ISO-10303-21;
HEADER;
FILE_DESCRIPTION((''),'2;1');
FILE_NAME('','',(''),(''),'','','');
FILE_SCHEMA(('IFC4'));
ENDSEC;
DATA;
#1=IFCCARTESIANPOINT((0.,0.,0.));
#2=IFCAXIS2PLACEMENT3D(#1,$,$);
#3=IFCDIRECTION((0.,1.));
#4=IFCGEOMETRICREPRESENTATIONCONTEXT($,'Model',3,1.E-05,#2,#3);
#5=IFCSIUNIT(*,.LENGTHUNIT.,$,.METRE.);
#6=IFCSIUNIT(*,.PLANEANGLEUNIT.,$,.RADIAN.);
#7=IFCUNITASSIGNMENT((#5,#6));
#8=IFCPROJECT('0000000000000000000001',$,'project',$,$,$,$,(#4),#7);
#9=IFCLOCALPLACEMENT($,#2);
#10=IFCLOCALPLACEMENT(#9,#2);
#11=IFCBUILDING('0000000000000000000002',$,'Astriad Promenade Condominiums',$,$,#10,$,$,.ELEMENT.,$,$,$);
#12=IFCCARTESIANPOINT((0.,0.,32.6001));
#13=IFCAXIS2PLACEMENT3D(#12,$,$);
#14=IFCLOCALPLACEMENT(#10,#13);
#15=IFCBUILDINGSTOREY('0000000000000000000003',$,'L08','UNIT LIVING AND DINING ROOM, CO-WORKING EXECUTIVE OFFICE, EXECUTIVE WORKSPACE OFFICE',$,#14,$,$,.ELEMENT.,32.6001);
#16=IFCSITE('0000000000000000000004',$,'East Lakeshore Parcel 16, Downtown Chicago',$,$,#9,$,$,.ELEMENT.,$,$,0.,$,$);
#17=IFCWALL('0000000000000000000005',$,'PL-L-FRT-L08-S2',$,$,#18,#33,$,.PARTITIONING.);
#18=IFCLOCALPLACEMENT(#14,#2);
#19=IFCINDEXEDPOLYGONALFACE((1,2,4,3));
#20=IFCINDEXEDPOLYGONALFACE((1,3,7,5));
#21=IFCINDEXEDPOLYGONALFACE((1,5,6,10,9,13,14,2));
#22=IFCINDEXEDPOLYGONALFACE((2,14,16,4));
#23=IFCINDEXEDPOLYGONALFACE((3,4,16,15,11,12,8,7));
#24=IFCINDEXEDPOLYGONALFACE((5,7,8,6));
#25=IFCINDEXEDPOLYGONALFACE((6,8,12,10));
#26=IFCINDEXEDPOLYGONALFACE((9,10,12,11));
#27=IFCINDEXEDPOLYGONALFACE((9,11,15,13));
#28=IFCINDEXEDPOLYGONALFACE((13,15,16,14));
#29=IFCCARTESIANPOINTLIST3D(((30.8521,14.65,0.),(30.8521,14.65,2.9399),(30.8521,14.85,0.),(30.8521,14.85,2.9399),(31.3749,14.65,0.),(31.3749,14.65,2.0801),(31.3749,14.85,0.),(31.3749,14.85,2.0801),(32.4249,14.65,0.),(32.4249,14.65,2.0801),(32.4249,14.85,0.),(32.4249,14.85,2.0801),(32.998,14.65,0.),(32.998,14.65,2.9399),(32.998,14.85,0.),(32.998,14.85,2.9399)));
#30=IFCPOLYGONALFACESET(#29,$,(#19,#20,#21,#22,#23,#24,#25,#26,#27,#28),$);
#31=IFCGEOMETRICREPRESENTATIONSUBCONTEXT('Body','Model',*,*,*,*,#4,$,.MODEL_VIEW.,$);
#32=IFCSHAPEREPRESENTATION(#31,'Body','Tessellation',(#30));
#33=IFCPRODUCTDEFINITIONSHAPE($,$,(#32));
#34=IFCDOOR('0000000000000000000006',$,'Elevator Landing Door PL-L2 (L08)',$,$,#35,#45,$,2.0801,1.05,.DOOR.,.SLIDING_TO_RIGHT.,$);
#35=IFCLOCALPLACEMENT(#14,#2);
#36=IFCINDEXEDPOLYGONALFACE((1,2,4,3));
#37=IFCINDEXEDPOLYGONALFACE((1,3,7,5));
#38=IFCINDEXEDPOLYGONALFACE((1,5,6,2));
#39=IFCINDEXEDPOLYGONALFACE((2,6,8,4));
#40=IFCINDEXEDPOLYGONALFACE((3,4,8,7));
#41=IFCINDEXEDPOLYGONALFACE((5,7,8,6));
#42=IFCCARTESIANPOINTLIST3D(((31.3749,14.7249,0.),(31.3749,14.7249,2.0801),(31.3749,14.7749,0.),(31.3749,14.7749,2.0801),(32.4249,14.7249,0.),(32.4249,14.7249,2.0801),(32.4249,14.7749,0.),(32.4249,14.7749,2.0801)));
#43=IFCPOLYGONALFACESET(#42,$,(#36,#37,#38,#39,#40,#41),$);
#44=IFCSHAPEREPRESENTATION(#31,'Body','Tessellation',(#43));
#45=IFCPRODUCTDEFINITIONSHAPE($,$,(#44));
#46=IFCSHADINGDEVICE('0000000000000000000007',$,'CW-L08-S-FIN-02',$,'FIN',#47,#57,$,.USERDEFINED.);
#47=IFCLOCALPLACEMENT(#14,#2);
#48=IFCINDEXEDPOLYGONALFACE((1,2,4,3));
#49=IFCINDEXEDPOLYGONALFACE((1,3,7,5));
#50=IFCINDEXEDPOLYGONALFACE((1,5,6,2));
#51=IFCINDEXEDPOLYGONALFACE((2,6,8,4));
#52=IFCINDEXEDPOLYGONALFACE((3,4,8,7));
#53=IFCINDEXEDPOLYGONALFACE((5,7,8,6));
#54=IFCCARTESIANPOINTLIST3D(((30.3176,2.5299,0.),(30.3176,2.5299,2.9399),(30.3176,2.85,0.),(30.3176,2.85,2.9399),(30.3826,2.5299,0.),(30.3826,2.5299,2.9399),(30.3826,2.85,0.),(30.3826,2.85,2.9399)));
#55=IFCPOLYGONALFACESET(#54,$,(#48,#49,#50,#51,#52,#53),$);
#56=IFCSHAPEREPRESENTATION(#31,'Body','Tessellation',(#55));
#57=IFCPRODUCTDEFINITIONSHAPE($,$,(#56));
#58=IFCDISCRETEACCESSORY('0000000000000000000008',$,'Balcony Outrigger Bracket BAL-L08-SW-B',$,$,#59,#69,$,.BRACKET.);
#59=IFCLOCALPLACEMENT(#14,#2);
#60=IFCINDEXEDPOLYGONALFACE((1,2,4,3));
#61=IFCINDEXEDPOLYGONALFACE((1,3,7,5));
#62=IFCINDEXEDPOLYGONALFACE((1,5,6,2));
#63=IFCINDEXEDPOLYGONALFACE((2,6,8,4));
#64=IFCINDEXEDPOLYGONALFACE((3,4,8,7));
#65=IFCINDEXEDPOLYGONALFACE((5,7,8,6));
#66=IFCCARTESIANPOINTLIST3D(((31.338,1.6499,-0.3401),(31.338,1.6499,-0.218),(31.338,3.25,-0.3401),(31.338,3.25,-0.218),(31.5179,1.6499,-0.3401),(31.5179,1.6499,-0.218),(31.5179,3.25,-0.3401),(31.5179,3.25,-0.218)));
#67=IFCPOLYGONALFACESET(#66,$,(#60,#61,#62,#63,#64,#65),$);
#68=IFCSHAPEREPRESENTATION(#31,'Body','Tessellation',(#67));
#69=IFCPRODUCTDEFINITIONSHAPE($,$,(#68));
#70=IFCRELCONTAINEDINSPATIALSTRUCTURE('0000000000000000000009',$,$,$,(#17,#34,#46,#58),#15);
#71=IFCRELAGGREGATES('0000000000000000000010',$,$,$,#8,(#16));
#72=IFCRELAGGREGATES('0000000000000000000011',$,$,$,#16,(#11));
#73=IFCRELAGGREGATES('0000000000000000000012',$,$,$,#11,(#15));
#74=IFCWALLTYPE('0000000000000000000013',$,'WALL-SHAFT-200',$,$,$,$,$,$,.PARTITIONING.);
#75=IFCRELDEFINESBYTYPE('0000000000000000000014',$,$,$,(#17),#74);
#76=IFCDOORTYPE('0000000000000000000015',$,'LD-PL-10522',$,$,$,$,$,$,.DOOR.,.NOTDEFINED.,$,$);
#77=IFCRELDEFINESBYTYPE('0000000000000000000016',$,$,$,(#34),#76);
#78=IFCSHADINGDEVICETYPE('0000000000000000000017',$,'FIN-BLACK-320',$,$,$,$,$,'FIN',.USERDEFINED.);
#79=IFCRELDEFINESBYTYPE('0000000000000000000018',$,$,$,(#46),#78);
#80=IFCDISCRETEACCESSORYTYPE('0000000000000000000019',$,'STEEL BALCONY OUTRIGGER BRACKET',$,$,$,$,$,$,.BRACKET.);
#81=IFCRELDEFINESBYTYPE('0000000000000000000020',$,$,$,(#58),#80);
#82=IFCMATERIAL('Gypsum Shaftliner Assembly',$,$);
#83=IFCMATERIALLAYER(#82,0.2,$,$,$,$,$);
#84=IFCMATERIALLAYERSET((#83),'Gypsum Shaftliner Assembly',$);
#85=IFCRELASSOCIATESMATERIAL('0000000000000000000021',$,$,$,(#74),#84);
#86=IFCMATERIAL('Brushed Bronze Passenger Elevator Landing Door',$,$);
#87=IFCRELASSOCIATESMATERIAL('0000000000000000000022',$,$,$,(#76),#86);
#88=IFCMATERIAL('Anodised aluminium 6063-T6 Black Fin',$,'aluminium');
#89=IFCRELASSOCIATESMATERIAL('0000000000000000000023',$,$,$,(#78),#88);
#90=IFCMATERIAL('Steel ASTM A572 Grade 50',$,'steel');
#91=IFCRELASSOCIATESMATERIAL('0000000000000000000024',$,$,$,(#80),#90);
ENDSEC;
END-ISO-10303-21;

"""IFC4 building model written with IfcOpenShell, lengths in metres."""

from ifc_helpers import new_model, si_unit, direction, frame, frame_2d, origin, origin_2d, place, context, subcontext, project, spatial, rectangle, extrude, source, transform, mapped, material, layer, layer_set, type_object, type_shapes, element, fill, save


model = new_model("IFC4")

# Units and contexts
model_context = context("Model", 3, precision=1e-05, world=origin(), true_north=direction((0.0, 1.0)))
body_context = subcontext(model_context, "Body", "Model", "MODEL_VIEW")
ifc_project = project(units=[si_unit("LENGTHUNIT", "METRE"), si_unit("PLANEANGLEUNIT", "RADIAN")], contexts=[model_context])

# Site, building, storey
site_placement = place(None, origin())
site = spatial("IfcSite", under=ifc_project, at=site_placement, Name="East Lakeshore Parcel 16, Downtown Chicago", CompositionType="ELEMENT", RefElevation=0.0)
building_placement = place(site_placement, origin())
building = spatial("IfcBuilding", under=site, at=building_placement, Name="Astriad Promenade Condominiums", CompositionType="ELEMENT")
storey_placement = place(building_placement, frame((0.0, 0.0, 32.6001)))
storey = spatial("IfcBuildingStorey", under=building, at=storey_placement, Name="L08", Description="UNIT LIVING AND DINING ROOM, CO-WORKING EXECUTIVE OFFICE, EXECUTIVE WORKSPACE OFFICE", CompositionType="ELEMENT", Elevation=32.6001)

# Shared definitions
ifc_material_1 = material(Name="Gypsum Shaftliner Assembly")
ifc_layer_1 = layer(ifc_material_1, 0.2)
ifc_layer_set_1 = layer_set([ifc_layer_1], Name="Gypsum Shaftliner Assembly")
wall_type_1 = type_object("IfcWallType", Name="WALL-SHAFT-200", PredefinedType="PARTITIONING", material=ifc_layer_set_1)

# Wall, opening, door
ifc_material_2 = material(Name="Brushed Bronze Passenger Elevator Landing Door")
door_type_1 = type_object("IfcDoorType", Name="LD-PL-10522", OperationType="NOTDEFINED", PredefinedType="DOOR", material=ifc_material_2)
shared_shape_1 = source(origin(), body_context, "Body", "SweptSolid", [
    extrude(rectangle(XDim=1.05, YDim=2.0801, at=frame_2d((0.5249, 1.04))), frame((0.0, 0.0249, 0.0), z_axis=(0.0, -1.0, 0.0), x_axis=(1.0, 0.0, 0.0)), (0.0, 0.0, 1.0), 0.05),
])
type_shapes(door_type_1, [shared_shape_1])
wall_1_placement = place(storey_placement, frame((30.8521, 14.75, 0.0), z_axis=(0.0, 0.0, 1.0), x_axis=(1.0, 0.0, 0.0)))
wall_1 = element("IfcWall", 1, at=wall_1_placement, inside=storey, type_object=wall_type_1, Name="PL-L-FRT-L08-S2", PredefinedType="PARTITIONING", context=body_context, shape_type="SweptSolid", body=[
    extrude(rectangle(XDim=2.146, YDim=0.2, at=frame_2d((1.073, 0.0))), origin(), (0.0, 0.0, 1.0), 2.9399),
])
opening_1_placement = place(wall_1_placement, frame((0.5229, 0.0, 0.0)))
opening_1 = element("IfcOpeningElement", 2, at=opening_1_placement, cuts=wall_1, PredefinedType="OPENING", context=body_context, shape_type="SweptSolid", body=[
    extrude(rectangle(XDim=1.05, YDim=2.0801, at=frame_2d((0.5249, 1.04))), frame((0.0, 0.1099, 0.0), z_axis=(0.0, -1.0, 0.0), x_axis=(1.0, 0.0, 0.0)), (0.0, 0.0, 1.0), 0.22),
])
door_1_placement = place(opening_1_placement, origin())
door_1 = element("IfcDoor", 3, at=door_1_placement, inside=storey, type_object=door_type_1, Name="Elevator Landing Door PL-L2 (L08)", OperationType="SLIDING_TO_RIGHT", OverallHeight=2.0801, OverallWidth=1.05, PredefinedType="DOOR", context=body_context, shape_type="MappedRepresentation", body=[
    mapped(shared_shape_1, transform((0.0, 0.0, 0.0), scale=1.0)),
])
fill(opening_1, door_1)

# Shading device
ifc_material_3 = material(Name="Anodised aluminium 6063-T6 Black Fin", Category="aluminium")
shading_device_type = type_object("IfcShadingDeviceType", Name="FIN-BLACK-320", ElementType="FIN", PredefinedType="USERDEFINED", material=ifc_material_3)
shared_shape_2 = source(origin(), body_context, "Body", "SweptSolid", [
    extrude(rectangle(XDim=0.0649, YDim=0.3201, at=origin_2d()), origin(), (0.0, 0.0, 1.0), 2.9399),
])
type_shapes(shading_device_type, [shared_shape_2])
shading_device_placement = place(storey_placement, frame((30.3501, 2.6899, 0.0), z_axis=(0.0, 0.0, 1.0), x_axis=(-1.0, 0.0, 0.0)))
element("IfcShadingDevice", 4, at=shading_device_placement, inside=storey, type_object=shading_device_type, Name="CW-L08-S-FIN-02", ObjectType="FIN", PredefinedType="USERDEFINED", context=body_context, shape_type="MappedRepresentation", body=[
    mapped(shared_shape_2, transform((0.0, 0.0, 0.0), scale=1.0)),
])

# Discrete accessory
ifc_material_4 = material(Name="Steel ASTM A572 Grade 50", Category="steel")
discrete_accessory_type = type_object("IfcDiscreteAccessoryType", Name="STEEL BALCONY OUTRIGGER BRACKET", PredefinedType="BRACKET", material=ifc_material_4)
shared_shape_3 = source(origin(), body_context, "Body", "SweptSolid", [
    extrude(rectangle(XDim=1.6001, YDim=0.1799, at=origin_2d()), origin(), (0.0, 0.0, 1.0), 0.1221),
])
type_shapes(discrete_accessory_type, [shared_shape_3])
discrete_accessory_placement = place(storey_placement, frame((31.428, 2.45, -0.3401), z_axis=(0.0, 0.0, 1.0), x_axis=(0.0, -1.0, 0.0)))
element("IfcDiscreteAccessory", 5, at=discrete_accessory_placement, inside=storey, type_object=discrete_accessory_type, Name="Balcony Outrigger Bracket BAL-L08-SW-B", PredefinedType="BRACKET", context=body_context, shape_type="MappedRepresentation", body=[
    mapped(shared_shape_3, transform((0.0, 0.0, 0.0), scale=1.0)),
])

save(model, "model.ifc")
